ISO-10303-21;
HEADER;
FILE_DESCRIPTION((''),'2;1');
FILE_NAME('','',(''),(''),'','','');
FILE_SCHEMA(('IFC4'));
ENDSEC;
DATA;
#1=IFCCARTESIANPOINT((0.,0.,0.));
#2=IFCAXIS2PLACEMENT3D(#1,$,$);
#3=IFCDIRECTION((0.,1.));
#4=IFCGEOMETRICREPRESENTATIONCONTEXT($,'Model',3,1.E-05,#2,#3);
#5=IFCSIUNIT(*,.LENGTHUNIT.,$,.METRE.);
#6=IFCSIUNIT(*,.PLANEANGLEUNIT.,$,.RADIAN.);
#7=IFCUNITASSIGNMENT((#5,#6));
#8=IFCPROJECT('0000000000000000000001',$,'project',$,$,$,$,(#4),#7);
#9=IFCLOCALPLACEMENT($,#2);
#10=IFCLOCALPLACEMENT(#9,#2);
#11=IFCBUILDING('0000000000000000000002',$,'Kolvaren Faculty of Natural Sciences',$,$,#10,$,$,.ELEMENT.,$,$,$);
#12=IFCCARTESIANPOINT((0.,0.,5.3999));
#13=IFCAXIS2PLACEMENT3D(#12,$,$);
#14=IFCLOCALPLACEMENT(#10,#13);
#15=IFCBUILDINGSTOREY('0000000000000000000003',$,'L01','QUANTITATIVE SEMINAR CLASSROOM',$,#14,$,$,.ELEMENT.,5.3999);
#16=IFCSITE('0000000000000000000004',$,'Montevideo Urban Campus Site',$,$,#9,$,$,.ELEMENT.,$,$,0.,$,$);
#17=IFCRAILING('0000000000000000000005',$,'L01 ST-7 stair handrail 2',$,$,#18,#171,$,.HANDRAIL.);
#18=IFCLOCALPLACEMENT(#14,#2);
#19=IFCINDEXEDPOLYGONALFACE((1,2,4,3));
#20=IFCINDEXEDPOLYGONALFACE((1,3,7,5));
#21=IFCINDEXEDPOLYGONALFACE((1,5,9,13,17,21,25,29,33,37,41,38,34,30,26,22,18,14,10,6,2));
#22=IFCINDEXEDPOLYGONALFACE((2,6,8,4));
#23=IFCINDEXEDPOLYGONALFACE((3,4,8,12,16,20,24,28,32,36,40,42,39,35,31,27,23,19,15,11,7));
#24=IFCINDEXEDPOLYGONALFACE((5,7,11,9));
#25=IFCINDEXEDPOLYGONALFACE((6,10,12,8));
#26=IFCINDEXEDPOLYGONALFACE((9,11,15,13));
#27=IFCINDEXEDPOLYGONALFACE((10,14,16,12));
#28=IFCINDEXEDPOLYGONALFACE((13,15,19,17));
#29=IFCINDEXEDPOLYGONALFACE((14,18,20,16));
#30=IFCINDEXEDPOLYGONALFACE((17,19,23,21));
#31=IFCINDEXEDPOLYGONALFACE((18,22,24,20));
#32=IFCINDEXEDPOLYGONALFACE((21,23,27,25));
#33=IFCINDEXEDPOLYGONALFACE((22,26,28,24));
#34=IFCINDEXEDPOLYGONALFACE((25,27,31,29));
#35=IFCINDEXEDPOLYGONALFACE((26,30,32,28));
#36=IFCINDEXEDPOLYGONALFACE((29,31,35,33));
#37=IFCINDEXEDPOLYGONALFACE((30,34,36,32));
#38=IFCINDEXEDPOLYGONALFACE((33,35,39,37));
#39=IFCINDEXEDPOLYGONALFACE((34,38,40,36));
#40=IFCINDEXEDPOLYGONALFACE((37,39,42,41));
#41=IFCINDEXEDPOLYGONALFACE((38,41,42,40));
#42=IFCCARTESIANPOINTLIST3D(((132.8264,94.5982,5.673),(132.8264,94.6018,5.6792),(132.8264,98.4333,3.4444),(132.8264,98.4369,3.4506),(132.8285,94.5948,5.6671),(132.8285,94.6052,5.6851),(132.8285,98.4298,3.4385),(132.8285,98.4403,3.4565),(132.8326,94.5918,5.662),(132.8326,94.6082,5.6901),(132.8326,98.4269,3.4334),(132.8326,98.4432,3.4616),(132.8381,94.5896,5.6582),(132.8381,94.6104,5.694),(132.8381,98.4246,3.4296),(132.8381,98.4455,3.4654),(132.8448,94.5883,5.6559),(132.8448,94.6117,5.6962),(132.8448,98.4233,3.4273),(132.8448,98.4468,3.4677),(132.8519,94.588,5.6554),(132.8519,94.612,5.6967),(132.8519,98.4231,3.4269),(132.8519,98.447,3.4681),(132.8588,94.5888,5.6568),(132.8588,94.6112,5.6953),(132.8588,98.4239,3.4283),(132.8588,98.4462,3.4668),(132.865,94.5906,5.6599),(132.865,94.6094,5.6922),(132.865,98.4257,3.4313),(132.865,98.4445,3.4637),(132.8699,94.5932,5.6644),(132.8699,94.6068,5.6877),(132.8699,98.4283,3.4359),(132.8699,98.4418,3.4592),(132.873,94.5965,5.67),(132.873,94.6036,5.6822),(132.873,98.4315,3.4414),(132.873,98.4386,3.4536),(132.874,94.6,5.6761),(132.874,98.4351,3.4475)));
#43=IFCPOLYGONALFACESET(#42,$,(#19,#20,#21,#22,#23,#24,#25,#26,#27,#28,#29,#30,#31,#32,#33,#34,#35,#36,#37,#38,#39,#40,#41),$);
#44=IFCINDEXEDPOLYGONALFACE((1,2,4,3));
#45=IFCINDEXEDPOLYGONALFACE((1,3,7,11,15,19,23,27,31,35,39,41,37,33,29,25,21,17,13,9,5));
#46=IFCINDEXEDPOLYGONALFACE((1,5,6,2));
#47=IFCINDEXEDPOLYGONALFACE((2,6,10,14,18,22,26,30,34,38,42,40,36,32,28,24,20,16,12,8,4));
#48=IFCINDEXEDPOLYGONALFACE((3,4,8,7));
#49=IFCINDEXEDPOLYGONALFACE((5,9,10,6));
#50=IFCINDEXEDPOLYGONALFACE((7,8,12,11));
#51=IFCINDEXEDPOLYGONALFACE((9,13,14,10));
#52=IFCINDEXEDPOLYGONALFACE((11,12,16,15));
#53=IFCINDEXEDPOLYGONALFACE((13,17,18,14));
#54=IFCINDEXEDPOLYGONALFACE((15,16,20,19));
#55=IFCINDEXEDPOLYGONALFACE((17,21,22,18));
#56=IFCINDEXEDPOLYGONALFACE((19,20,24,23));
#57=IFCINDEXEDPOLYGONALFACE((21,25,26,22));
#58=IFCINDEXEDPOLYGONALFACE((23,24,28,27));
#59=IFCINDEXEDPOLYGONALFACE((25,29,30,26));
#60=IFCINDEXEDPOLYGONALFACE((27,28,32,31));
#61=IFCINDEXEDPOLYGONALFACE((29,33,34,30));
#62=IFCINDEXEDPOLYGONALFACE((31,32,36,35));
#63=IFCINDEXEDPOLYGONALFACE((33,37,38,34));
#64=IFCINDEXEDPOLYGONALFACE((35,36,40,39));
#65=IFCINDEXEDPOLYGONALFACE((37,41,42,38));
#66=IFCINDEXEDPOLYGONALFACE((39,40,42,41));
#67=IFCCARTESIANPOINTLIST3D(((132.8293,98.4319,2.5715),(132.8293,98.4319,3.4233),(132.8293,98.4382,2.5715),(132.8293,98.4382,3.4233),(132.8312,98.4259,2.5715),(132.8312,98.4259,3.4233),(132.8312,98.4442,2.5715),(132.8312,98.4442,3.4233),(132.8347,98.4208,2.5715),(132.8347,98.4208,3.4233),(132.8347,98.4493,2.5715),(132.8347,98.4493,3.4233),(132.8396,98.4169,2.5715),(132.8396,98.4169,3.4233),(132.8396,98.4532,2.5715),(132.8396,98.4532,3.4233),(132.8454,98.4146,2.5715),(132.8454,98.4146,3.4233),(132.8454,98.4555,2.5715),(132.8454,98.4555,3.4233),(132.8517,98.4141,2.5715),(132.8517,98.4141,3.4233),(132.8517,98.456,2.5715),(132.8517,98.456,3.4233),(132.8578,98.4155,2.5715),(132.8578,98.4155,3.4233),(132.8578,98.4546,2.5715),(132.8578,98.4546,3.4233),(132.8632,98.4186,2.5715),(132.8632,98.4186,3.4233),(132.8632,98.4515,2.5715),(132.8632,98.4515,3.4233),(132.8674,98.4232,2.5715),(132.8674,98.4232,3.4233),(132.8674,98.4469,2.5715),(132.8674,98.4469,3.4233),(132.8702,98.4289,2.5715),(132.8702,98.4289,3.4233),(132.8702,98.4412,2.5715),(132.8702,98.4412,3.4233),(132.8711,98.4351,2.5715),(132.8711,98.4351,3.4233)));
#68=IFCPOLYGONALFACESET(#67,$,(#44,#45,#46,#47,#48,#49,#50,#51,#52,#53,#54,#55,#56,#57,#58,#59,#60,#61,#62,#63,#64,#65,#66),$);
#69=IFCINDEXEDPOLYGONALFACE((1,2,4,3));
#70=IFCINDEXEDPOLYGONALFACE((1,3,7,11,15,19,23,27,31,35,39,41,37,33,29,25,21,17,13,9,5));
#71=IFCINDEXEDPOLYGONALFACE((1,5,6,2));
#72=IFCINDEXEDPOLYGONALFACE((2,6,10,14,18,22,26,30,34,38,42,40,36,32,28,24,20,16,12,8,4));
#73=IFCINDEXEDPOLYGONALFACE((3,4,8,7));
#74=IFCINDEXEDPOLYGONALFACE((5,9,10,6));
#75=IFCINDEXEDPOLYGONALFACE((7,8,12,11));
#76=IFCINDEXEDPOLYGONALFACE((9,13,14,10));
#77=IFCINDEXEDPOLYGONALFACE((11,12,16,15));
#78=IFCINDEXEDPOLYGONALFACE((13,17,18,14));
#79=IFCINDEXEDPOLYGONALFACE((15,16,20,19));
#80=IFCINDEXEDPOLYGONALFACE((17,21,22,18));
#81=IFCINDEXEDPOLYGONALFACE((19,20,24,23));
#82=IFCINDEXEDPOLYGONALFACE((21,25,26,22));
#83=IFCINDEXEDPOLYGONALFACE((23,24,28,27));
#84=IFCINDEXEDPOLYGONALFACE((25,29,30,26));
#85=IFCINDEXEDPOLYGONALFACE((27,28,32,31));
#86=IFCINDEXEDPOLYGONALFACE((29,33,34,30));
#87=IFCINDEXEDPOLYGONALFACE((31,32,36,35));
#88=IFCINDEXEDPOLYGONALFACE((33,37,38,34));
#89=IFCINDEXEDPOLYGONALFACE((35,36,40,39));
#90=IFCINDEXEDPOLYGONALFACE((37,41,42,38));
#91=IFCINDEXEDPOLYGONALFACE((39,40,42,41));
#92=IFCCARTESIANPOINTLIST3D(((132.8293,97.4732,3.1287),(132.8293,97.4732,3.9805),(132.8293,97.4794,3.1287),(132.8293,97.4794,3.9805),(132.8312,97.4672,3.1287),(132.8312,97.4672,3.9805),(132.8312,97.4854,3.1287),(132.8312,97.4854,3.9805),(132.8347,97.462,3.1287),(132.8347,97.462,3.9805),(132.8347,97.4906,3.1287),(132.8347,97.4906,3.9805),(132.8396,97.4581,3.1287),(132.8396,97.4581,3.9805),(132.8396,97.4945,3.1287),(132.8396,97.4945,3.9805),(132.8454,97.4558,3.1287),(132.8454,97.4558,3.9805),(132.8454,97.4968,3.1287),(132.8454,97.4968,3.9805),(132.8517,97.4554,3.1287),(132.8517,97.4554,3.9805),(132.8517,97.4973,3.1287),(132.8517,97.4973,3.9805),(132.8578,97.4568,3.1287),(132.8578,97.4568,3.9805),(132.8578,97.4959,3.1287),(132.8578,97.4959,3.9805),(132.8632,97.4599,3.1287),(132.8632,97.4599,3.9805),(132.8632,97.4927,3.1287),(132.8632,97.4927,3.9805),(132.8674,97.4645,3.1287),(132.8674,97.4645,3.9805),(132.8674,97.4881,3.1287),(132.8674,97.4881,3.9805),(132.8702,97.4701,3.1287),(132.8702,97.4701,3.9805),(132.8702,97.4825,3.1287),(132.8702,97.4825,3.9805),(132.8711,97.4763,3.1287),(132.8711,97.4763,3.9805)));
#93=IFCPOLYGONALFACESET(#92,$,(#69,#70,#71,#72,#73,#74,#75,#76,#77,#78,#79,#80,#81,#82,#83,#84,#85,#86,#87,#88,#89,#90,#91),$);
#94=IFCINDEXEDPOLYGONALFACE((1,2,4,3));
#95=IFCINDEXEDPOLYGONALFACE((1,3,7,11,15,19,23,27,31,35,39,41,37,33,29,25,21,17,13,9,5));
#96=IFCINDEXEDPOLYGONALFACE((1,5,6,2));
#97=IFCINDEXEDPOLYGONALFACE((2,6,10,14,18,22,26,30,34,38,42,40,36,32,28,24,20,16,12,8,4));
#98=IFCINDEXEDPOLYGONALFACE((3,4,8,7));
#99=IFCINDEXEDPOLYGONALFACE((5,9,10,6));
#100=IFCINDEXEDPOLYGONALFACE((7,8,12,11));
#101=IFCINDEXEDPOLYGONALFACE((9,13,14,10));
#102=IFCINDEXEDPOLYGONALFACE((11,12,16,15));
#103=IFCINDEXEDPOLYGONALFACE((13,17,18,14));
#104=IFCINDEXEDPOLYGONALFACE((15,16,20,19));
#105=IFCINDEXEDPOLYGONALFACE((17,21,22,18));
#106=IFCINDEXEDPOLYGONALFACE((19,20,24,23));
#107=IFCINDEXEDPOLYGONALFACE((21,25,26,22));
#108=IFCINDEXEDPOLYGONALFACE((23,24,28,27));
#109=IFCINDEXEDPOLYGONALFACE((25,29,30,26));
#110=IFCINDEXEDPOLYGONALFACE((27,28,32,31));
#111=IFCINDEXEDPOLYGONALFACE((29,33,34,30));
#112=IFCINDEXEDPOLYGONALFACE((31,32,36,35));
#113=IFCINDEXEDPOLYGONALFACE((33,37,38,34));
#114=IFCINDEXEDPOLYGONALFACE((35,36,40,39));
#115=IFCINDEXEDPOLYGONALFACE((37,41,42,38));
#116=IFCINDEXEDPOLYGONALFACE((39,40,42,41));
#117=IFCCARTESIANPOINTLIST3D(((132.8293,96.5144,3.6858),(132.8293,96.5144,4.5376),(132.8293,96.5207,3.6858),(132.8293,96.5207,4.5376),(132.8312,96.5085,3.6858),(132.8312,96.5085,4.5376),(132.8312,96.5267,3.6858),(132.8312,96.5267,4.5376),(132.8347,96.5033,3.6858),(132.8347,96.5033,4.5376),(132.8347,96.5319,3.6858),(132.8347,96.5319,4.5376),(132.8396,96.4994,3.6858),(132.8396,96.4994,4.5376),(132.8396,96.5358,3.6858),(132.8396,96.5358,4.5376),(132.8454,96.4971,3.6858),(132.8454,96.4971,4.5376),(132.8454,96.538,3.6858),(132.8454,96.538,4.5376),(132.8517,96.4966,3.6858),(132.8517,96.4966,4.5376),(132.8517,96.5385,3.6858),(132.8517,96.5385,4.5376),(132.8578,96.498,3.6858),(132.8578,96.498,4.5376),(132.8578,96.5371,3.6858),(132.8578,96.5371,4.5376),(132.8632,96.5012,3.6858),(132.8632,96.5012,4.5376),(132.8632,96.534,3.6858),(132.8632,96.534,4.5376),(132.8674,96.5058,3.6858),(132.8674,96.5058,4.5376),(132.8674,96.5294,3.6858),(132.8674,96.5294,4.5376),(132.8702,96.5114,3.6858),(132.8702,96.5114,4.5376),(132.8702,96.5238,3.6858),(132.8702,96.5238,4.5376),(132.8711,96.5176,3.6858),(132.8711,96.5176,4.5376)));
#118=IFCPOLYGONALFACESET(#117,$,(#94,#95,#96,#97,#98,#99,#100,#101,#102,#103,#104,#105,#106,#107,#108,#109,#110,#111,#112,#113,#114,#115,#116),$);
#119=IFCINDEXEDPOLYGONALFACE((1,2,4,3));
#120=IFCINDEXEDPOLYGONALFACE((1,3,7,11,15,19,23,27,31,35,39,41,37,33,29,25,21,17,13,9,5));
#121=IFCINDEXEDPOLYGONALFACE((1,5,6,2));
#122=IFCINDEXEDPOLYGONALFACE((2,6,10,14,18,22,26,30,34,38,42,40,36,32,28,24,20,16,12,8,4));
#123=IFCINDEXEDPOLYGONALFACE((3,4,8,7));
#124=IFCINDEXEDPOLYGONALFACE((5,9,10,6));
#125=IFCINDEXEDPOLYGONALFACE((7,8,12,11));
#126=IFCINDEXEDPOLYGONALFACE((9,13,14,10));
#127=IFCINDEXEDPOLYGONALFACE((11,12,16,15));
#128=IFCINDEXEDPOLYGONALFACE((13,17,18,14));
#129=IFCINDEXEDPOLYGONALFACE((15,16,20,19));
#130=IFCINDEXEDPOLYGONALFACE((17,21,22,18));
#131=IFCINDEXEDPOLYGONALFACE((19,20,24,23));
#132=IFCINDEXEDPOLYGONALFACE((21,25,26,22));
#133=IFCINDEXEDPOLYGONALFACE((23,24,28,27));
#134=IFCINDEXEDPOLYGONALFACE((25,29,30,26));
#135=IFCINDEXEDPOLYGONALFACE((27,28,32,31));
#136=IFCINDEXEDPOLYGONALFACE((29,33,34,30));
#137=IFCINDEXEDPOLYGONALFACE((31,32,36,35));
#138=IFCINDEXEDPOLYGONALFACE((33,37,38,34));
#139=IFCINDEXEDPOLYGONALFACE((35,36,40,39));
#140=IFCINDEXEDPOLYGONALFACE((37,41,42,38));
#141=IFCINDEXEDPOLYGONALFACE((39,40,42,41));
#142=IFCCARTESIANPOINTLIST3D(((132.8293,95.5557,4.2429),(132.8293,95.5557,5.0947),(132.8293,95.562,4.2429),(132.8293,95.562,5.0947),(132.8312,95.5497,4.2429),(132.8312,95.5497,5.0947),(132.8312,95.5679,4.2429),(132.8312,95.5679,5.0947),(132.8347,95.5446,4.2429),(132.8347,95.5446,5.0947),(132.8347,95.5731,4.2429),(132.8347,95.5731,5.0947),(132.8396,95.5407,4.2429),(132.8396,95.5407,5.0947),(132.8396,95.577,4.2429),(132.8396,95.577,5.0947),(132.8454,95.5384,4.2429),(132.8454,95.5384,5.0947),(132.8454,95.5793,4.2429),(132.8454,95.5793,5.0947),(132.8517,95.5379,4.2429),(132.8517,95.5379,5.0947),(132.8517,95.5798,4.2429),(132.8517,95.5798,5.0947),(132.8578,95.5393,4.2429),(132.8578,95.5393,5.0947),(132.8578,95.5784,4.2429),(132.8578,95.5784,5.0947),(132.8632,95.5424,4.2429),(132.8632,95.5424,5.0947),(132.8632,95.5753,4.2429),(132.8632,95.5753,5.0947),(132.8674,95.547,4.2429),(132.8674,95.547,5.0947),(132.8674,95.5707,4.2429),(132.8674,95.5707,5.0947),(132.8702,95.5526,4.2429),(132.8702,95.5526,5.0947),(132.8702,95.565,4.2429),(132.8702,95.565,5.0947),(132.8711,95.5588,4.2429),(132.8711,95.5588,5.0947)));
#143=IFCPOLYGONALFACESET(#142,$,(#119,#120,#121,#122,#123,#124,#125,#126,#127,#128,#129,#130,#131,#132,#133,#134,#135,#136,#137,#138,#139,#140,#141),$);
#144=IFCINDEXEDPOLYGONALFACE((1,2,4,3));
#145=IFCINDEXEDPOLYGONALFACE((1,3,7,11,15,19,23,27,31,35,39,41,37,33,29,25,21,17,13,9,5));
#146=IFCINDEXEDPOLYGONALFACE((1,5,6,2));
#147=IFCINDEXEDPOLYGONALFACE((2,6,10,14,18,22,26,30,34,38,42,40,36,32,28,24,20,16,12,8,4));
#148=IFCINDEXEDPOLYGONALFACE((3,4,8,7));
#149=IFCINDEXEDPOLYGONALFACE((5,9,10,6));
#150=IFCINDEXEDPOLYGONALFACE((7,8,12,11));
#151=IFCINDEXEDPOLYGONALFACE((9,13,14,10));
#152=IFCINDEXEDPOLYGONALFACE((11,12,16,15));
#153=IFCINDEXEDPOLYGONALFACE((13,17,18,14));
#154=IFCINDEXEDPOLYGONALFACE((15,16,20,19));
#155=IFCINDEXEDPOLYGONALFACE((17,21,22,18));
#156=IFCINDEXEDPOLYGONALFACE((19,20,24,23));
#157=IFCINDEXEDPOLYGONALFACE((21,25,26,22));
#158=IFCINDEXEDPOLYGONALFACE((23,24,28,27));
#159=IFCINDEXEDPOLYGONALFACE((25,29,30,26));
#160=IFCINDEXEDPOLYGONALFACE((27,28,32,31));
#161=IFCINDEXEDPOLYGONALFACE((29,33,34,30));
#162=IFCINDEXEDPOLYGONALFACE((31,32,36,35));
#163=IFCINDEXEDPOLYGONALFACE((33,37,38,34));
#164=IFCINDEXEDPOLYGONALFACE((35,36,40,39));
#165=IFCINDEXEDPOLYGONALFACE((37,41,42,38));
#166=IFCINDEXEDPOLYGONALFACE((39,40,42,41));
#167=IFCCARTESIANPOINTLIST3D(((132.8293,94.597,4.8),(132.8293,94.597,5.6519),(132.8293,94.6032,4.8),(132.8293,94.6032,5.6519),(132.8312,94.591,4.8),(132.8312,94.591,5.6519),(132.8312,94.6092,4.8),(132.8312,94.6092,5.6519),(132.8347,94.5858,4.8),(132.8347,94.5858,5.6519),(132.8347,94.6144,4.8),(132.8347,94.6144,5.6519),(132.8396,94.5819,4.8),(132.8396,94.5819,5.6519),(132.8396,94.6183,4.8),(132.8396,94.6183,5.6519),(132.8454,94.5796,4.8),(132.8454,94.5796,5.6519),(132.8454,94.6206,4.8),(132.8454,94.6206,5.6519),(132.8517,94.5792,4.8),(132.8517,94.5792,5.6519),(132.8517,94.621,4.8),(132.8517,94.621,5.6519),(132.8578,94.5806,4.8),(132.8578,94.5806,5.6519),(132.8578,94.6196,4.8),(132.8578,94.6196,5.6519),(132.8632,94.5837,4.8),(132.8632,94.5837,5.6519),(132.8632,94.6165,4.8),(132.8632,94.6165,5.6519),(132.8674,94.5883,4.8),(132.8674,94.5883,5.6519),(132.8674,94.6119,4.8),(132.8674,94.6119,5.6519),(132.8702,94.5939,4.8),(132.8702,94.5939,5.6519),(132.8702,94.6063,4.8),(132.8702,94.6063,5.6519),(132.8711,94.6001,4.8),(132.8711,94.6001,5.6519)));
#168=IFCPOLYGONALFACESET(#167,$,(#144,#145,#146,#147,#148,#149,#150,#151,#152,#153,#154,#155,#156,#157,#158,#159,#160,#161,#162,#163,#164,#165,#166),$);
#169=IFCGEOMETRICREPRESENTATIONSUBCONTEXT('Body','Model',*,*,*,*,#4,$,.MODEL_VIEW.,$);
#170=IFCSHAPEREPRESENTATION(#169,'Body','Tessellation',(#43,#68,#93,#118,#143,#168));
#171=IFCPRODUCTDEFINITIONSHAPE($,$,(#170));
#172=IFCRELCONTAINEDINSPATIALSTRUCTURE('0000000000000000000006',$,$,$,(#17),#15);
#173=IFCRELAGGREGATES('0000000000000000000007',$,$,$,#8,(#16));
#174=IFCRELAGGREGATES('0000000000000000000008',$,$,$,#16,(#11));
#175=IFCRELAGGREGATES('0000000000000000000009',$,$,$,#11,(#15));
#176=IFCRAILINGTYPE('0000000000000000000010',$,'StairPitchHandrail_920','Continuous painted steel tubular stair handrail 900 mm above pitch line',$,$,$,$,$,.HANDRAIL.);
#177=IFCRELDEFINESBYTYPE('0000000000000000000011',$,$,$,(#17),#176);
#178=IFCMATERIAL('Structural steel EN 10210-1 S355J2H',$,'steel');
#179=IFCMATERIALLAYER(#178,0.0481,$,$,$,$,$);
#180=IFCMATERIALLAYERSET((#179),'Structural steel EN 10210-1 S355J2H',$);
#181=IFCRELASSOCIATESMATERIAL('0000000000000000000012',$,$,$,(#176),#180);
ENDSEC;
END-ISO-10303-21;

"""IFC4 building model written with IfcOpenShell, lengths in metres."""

from ifc_helpers import new_model, si_unit, direction, frame, origin, origin_2d, place, context, subcontext, project, spatial, circle, extrude, material, layer, layer_set, type_object, element, save


model = new_model("IFC4")

# Units and contexts
model_context = context("Model", 3, precision=1e-05, world=origin(), true_north=direction((0.0, 1.0)))
body_context = subcontext(model_context, "Body", "Model", "MODEL_VIEW")
ifc_project = project(units=[si_unit("LENGTHUNIT", "METRE"), si_unit("PLANEANGLEUNIT", "RADIAN")], contexts=[model_context])

# Site, building, storey
site_placement = place(None, origin())
site = spatial("IfcSite", under=ifc_project, at=site_placement, Name="Montevideo Urban Campus Site", CompositionType="ELEMENT", RefElevation=0.0)
building_placement = place(site_placement, origin())
building = spatial("IfcBuilding", under=site, at=building_placement, Name="Kolvaren Faculty of Natural Sciences", CompositionType="ELEMENT")
storey_placement = place(building_placement, frame((0.0, 0.0, 5.3999)))
storey = spatial("IfcBuildingStorey", under=building, at=storey_placement, Name="L01", Description="QUANTITATIVE SEMINAR CLASSROOM", CompositionType="ELEMENT", Elevation=5.3999)

# Railing
ifc_material_1 = material(Name="Structural steel EN 10210-1 S355J2H", Category="steel")
ifc_layer_1 = layer(ifc_material_1, 0.0481)
ifc_layer_set_1 = layer_set([ifc_layer_1], Name="Structural steel EN 10210-1 S355J2H")
railing_type_1 = type_object("IfcRailingType", Name="StairPitchHandrail_920", Description="Continuous painted steel tubular stair handrail 900 mm above pitch line", PredefinedType="HANDRAIL", material=ifc_layer_set_1)
railing_1_placement = place(storey_placement, frame((132.8501, 98.4351, 2.5715)))
element("IfcRailing", 1, at=railing_1_placement, inside=storey, type_object=railing_type_1, Name="L01 ST-7 stair handrail 2", PredefinedType="HANDRAIL", context=body_context, shape_type="SweptSolid", body=[
    extrude(circle(Radius=0.0239, at=origin_2d()), frame((0.0, 0.0, 0.876), z_axis=(0.0, -0.864616, 0.502433), x_axis=(1.0, 0.0, 0.0)), (0.0, 0.0, 1.0), 4.4355),
    extrude(circle(Radius=0.021, at=origin_2d()), origin(), (0.0, 0.0, 1.0), 0.8518),
    extrude(circle(Radius=0.021, at=origin_2d()), frame((0.0, -0.9587, 0.5571)), (0.0, 0.0, 1.0), 0.8518),
    extrude(circle(Radius=0.021, at=origin_2d()), frame((0.0, -1.9175, 1.1143)), (0.0, 0.0, 1.0), 0.8518),
    extrude(circle(Radius=0.021, at=origin_2d()), frame((0.0, -2.8762, 1.6714)), (0.0, 0.0, 1.0), 0.8518),
    extrude(circle(Radius=0.021, at=origin_2d()), frame((0.0, -3.835, 2.2285)), (0.0, 0.0, 1.0), 0.8518),
])

save(model, "model.ifc")
